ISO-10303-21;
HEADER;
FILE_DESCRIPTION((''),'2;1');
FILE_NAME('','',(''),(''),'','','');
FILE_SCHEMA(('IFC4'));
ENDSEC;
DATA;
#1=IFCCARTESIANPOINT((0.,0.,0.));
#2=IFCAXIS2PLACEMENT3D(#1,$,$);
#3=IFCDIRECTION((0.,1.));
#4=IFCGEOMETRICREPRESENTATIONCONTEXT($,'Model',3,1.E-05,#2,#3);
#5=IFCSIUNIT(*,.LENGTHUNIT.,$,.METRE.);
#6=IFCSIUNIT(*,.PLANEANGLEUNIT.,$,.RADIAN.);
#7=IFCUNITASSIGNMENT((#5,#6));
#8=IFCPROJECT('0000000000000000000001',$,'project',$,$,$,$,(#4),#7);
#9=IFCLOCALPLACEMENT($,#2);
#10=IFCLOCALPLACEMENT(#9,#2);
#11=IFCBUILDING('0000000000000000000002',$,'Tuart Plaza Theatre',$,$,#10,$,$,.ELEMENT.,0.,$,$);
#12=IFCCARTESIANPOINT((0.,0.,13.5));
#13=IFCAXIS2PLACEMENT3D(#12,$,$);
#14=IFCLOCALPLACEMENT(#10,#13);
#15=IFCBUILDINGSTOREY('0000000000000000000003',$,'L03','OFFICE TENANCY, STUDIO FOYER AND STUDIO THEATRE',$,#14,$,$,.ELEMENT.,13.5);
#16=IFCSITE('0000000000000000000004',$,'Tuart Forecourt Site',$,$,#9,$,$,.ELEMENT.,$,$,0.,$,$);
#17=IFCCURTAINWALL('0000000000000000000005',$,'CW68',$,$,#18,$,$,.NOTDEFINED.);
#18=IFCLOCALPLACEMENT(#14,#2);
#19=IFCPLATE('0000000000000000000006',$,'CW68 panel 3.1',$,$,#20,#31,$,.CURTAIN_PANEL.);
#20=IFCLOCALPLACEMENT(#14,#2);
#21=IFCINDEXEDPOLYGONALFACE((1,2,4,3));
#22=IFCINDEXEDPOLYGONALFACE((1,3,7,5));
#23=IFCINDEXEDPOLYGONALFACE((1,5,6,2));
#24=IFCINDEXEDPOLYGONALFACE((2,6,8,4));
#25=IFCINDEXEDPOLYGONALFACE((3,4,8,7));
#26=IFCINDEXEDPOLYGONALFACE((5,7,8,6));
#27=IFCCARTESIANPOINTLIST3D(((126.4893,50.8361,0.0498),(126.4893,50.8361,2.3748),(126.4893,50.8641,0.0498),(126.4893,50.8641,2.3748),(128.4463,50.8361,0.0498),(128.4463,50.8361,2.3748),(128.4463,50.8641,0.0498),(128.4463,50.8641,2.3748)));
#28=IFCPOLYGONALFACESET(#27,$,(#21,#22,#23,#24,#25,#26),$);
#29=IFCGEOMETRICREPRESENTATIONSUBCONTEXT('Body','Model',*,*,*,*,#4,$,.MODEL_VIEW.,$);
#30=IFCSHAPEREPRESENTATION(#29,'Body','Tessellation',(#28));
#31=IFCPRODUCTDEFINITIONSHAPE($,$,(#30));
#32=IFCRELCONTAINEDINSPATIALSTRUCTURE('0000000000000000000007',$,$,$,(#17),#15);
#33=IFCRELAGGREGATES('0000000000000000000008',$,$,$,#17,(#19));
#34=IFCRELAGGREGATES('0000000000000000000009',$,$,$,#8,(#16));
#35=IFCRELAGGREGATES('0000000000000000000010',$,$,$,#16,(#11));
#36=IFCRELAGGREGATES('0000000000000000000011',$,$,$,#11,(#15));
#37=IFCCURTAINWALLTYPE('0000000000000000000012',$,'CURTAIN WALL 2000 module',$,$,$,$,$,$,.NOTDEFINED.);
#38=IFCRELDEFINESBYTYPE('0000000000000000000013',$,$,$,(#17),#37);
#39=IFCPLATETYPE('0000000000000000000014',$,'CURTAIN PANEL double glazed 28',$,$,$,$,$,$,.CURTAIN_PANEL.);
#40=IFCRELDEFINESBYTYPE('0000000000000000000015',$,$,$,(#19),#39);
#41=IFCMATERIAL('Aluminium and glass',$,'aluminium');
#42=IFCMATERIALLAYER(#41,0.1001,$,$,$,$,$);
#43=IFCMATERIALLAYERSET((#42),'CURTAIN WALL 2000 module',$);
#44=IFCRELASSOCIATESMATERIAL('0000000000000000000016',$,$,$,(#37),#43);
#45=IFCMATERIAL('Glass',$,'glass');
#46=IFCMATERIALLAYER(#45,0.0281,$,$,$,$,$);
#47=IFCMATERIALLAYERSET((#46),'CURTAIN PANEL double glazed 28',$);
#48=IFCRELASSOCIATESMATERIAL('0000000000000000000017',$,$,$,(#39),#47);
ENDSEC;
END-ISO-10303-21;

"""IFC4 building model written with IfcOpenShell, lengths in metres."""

from ifc_helpers import new_model, si_unit, direction, frame, origin, origin_2d, place, context, subcontext, project, spatial, rectangle, extrude, material, layer, layer_set, type_object, element, aggregate, save


model = new_model("IFC4")

# Units and contexts
model_context = context("Model", 3, precision=1e-05, world=origin(), true_north=direction((0.0, 1.0)))
body_context = subcontext(model_context, "Body", "Model", "MODEL_VIEW")
ifc_project = project(units=[si_unit("LENGTHUNIT", "METRE"), si_unit("PLANEANGLEUNIT", "RADIAN")], contexts=[model_context])

# Site, building, storey
site_placement = place(None, origin())
site = spatial("IfcSite", under=ifc_project, at=site_placement, Name="Tuart Forecourt Site", CompositionType="ELEMENT", RefElevation=0.0)
building_placement = place(site_placement, origin())
building = spatial("IfcBuilding", under=site, at=building_placement, Name="Tuart Plaza Theatre", CompositionType="ELEMENT", ElevationOfRefHeight=0.0)
storey_placement = place(building_placement, frame((0.0, 0.0, 13.5)))
storey = spatial("IfcBuildingStorey", under=building, at=storey_placement, Name="L03", Description="OFFICE TENANCY, STUDIO FOYER AND STUDIO THEATRE", CompositionType="ELEMENT", Elevation=13.5)

# Curtain wall, plate
ifc_material_1 = material(Name="Aluminium and glass", Category="aluminium")
ifc_layer_1 = layer(ifc_material_1, 0.1001)
ifc_layer_set_1 = layer_set([ifc_layer_1], Name="CURTAIN WALL 2000 module")
curtain_wall_type = type_object("IfcCurtainWallType", Name="CURTAIN WALL 2000 module", PredefinedType="NOTDEFINED", material=ifc_layer_set_1)
curtain_wall_placement = place(storey_placement, origin())
curtain_wall = element("IfcCurtainWall", 1, at=curtain_wall_placement, inside=storey, type_object=curtain_wall_type, Name="CW68", PredefinedType="NOTDEFINED")
ifc_material_2 = material(Name="Glass", Category="glass")
ifc_layer_2 = layer(ifc_material_2, 0.0281)
ifc_layer_set_2 = layer_set([ifc_layer_2], Name="CURTAIN PANEL double glazed 28")
plate_type = type_object("IfcPlateType", Name="CURTAIN PANEL double glazed 28", PredefinedType="CURTAIN_PANEL", material=ifc_layer_set_2)
plate_1_placement = place(storey_placement, frame((127.4678, 50.8501, 0.0498), z_axis=(0.0, 0.0, 1.0), x_axis=(1.0, 0.0, 0.0)))
plate_1 = element("IfcPlate", 2, at=plate_1_placement, type_object=plate_type, Name="CW68 panel 3.1", PredefinedType="CURTAIN_PANEL", context=body_context, shape_type="SweptSolid", body=[
    extrude(rectangle(XDim=1.957, YDim=0.0281, at=origin_2d()), origin(), (0.0, 0.0, 1.0), 2.325),
])
aggregate(curtain_wall, [plate_1])

save(model, "model.ifc")
